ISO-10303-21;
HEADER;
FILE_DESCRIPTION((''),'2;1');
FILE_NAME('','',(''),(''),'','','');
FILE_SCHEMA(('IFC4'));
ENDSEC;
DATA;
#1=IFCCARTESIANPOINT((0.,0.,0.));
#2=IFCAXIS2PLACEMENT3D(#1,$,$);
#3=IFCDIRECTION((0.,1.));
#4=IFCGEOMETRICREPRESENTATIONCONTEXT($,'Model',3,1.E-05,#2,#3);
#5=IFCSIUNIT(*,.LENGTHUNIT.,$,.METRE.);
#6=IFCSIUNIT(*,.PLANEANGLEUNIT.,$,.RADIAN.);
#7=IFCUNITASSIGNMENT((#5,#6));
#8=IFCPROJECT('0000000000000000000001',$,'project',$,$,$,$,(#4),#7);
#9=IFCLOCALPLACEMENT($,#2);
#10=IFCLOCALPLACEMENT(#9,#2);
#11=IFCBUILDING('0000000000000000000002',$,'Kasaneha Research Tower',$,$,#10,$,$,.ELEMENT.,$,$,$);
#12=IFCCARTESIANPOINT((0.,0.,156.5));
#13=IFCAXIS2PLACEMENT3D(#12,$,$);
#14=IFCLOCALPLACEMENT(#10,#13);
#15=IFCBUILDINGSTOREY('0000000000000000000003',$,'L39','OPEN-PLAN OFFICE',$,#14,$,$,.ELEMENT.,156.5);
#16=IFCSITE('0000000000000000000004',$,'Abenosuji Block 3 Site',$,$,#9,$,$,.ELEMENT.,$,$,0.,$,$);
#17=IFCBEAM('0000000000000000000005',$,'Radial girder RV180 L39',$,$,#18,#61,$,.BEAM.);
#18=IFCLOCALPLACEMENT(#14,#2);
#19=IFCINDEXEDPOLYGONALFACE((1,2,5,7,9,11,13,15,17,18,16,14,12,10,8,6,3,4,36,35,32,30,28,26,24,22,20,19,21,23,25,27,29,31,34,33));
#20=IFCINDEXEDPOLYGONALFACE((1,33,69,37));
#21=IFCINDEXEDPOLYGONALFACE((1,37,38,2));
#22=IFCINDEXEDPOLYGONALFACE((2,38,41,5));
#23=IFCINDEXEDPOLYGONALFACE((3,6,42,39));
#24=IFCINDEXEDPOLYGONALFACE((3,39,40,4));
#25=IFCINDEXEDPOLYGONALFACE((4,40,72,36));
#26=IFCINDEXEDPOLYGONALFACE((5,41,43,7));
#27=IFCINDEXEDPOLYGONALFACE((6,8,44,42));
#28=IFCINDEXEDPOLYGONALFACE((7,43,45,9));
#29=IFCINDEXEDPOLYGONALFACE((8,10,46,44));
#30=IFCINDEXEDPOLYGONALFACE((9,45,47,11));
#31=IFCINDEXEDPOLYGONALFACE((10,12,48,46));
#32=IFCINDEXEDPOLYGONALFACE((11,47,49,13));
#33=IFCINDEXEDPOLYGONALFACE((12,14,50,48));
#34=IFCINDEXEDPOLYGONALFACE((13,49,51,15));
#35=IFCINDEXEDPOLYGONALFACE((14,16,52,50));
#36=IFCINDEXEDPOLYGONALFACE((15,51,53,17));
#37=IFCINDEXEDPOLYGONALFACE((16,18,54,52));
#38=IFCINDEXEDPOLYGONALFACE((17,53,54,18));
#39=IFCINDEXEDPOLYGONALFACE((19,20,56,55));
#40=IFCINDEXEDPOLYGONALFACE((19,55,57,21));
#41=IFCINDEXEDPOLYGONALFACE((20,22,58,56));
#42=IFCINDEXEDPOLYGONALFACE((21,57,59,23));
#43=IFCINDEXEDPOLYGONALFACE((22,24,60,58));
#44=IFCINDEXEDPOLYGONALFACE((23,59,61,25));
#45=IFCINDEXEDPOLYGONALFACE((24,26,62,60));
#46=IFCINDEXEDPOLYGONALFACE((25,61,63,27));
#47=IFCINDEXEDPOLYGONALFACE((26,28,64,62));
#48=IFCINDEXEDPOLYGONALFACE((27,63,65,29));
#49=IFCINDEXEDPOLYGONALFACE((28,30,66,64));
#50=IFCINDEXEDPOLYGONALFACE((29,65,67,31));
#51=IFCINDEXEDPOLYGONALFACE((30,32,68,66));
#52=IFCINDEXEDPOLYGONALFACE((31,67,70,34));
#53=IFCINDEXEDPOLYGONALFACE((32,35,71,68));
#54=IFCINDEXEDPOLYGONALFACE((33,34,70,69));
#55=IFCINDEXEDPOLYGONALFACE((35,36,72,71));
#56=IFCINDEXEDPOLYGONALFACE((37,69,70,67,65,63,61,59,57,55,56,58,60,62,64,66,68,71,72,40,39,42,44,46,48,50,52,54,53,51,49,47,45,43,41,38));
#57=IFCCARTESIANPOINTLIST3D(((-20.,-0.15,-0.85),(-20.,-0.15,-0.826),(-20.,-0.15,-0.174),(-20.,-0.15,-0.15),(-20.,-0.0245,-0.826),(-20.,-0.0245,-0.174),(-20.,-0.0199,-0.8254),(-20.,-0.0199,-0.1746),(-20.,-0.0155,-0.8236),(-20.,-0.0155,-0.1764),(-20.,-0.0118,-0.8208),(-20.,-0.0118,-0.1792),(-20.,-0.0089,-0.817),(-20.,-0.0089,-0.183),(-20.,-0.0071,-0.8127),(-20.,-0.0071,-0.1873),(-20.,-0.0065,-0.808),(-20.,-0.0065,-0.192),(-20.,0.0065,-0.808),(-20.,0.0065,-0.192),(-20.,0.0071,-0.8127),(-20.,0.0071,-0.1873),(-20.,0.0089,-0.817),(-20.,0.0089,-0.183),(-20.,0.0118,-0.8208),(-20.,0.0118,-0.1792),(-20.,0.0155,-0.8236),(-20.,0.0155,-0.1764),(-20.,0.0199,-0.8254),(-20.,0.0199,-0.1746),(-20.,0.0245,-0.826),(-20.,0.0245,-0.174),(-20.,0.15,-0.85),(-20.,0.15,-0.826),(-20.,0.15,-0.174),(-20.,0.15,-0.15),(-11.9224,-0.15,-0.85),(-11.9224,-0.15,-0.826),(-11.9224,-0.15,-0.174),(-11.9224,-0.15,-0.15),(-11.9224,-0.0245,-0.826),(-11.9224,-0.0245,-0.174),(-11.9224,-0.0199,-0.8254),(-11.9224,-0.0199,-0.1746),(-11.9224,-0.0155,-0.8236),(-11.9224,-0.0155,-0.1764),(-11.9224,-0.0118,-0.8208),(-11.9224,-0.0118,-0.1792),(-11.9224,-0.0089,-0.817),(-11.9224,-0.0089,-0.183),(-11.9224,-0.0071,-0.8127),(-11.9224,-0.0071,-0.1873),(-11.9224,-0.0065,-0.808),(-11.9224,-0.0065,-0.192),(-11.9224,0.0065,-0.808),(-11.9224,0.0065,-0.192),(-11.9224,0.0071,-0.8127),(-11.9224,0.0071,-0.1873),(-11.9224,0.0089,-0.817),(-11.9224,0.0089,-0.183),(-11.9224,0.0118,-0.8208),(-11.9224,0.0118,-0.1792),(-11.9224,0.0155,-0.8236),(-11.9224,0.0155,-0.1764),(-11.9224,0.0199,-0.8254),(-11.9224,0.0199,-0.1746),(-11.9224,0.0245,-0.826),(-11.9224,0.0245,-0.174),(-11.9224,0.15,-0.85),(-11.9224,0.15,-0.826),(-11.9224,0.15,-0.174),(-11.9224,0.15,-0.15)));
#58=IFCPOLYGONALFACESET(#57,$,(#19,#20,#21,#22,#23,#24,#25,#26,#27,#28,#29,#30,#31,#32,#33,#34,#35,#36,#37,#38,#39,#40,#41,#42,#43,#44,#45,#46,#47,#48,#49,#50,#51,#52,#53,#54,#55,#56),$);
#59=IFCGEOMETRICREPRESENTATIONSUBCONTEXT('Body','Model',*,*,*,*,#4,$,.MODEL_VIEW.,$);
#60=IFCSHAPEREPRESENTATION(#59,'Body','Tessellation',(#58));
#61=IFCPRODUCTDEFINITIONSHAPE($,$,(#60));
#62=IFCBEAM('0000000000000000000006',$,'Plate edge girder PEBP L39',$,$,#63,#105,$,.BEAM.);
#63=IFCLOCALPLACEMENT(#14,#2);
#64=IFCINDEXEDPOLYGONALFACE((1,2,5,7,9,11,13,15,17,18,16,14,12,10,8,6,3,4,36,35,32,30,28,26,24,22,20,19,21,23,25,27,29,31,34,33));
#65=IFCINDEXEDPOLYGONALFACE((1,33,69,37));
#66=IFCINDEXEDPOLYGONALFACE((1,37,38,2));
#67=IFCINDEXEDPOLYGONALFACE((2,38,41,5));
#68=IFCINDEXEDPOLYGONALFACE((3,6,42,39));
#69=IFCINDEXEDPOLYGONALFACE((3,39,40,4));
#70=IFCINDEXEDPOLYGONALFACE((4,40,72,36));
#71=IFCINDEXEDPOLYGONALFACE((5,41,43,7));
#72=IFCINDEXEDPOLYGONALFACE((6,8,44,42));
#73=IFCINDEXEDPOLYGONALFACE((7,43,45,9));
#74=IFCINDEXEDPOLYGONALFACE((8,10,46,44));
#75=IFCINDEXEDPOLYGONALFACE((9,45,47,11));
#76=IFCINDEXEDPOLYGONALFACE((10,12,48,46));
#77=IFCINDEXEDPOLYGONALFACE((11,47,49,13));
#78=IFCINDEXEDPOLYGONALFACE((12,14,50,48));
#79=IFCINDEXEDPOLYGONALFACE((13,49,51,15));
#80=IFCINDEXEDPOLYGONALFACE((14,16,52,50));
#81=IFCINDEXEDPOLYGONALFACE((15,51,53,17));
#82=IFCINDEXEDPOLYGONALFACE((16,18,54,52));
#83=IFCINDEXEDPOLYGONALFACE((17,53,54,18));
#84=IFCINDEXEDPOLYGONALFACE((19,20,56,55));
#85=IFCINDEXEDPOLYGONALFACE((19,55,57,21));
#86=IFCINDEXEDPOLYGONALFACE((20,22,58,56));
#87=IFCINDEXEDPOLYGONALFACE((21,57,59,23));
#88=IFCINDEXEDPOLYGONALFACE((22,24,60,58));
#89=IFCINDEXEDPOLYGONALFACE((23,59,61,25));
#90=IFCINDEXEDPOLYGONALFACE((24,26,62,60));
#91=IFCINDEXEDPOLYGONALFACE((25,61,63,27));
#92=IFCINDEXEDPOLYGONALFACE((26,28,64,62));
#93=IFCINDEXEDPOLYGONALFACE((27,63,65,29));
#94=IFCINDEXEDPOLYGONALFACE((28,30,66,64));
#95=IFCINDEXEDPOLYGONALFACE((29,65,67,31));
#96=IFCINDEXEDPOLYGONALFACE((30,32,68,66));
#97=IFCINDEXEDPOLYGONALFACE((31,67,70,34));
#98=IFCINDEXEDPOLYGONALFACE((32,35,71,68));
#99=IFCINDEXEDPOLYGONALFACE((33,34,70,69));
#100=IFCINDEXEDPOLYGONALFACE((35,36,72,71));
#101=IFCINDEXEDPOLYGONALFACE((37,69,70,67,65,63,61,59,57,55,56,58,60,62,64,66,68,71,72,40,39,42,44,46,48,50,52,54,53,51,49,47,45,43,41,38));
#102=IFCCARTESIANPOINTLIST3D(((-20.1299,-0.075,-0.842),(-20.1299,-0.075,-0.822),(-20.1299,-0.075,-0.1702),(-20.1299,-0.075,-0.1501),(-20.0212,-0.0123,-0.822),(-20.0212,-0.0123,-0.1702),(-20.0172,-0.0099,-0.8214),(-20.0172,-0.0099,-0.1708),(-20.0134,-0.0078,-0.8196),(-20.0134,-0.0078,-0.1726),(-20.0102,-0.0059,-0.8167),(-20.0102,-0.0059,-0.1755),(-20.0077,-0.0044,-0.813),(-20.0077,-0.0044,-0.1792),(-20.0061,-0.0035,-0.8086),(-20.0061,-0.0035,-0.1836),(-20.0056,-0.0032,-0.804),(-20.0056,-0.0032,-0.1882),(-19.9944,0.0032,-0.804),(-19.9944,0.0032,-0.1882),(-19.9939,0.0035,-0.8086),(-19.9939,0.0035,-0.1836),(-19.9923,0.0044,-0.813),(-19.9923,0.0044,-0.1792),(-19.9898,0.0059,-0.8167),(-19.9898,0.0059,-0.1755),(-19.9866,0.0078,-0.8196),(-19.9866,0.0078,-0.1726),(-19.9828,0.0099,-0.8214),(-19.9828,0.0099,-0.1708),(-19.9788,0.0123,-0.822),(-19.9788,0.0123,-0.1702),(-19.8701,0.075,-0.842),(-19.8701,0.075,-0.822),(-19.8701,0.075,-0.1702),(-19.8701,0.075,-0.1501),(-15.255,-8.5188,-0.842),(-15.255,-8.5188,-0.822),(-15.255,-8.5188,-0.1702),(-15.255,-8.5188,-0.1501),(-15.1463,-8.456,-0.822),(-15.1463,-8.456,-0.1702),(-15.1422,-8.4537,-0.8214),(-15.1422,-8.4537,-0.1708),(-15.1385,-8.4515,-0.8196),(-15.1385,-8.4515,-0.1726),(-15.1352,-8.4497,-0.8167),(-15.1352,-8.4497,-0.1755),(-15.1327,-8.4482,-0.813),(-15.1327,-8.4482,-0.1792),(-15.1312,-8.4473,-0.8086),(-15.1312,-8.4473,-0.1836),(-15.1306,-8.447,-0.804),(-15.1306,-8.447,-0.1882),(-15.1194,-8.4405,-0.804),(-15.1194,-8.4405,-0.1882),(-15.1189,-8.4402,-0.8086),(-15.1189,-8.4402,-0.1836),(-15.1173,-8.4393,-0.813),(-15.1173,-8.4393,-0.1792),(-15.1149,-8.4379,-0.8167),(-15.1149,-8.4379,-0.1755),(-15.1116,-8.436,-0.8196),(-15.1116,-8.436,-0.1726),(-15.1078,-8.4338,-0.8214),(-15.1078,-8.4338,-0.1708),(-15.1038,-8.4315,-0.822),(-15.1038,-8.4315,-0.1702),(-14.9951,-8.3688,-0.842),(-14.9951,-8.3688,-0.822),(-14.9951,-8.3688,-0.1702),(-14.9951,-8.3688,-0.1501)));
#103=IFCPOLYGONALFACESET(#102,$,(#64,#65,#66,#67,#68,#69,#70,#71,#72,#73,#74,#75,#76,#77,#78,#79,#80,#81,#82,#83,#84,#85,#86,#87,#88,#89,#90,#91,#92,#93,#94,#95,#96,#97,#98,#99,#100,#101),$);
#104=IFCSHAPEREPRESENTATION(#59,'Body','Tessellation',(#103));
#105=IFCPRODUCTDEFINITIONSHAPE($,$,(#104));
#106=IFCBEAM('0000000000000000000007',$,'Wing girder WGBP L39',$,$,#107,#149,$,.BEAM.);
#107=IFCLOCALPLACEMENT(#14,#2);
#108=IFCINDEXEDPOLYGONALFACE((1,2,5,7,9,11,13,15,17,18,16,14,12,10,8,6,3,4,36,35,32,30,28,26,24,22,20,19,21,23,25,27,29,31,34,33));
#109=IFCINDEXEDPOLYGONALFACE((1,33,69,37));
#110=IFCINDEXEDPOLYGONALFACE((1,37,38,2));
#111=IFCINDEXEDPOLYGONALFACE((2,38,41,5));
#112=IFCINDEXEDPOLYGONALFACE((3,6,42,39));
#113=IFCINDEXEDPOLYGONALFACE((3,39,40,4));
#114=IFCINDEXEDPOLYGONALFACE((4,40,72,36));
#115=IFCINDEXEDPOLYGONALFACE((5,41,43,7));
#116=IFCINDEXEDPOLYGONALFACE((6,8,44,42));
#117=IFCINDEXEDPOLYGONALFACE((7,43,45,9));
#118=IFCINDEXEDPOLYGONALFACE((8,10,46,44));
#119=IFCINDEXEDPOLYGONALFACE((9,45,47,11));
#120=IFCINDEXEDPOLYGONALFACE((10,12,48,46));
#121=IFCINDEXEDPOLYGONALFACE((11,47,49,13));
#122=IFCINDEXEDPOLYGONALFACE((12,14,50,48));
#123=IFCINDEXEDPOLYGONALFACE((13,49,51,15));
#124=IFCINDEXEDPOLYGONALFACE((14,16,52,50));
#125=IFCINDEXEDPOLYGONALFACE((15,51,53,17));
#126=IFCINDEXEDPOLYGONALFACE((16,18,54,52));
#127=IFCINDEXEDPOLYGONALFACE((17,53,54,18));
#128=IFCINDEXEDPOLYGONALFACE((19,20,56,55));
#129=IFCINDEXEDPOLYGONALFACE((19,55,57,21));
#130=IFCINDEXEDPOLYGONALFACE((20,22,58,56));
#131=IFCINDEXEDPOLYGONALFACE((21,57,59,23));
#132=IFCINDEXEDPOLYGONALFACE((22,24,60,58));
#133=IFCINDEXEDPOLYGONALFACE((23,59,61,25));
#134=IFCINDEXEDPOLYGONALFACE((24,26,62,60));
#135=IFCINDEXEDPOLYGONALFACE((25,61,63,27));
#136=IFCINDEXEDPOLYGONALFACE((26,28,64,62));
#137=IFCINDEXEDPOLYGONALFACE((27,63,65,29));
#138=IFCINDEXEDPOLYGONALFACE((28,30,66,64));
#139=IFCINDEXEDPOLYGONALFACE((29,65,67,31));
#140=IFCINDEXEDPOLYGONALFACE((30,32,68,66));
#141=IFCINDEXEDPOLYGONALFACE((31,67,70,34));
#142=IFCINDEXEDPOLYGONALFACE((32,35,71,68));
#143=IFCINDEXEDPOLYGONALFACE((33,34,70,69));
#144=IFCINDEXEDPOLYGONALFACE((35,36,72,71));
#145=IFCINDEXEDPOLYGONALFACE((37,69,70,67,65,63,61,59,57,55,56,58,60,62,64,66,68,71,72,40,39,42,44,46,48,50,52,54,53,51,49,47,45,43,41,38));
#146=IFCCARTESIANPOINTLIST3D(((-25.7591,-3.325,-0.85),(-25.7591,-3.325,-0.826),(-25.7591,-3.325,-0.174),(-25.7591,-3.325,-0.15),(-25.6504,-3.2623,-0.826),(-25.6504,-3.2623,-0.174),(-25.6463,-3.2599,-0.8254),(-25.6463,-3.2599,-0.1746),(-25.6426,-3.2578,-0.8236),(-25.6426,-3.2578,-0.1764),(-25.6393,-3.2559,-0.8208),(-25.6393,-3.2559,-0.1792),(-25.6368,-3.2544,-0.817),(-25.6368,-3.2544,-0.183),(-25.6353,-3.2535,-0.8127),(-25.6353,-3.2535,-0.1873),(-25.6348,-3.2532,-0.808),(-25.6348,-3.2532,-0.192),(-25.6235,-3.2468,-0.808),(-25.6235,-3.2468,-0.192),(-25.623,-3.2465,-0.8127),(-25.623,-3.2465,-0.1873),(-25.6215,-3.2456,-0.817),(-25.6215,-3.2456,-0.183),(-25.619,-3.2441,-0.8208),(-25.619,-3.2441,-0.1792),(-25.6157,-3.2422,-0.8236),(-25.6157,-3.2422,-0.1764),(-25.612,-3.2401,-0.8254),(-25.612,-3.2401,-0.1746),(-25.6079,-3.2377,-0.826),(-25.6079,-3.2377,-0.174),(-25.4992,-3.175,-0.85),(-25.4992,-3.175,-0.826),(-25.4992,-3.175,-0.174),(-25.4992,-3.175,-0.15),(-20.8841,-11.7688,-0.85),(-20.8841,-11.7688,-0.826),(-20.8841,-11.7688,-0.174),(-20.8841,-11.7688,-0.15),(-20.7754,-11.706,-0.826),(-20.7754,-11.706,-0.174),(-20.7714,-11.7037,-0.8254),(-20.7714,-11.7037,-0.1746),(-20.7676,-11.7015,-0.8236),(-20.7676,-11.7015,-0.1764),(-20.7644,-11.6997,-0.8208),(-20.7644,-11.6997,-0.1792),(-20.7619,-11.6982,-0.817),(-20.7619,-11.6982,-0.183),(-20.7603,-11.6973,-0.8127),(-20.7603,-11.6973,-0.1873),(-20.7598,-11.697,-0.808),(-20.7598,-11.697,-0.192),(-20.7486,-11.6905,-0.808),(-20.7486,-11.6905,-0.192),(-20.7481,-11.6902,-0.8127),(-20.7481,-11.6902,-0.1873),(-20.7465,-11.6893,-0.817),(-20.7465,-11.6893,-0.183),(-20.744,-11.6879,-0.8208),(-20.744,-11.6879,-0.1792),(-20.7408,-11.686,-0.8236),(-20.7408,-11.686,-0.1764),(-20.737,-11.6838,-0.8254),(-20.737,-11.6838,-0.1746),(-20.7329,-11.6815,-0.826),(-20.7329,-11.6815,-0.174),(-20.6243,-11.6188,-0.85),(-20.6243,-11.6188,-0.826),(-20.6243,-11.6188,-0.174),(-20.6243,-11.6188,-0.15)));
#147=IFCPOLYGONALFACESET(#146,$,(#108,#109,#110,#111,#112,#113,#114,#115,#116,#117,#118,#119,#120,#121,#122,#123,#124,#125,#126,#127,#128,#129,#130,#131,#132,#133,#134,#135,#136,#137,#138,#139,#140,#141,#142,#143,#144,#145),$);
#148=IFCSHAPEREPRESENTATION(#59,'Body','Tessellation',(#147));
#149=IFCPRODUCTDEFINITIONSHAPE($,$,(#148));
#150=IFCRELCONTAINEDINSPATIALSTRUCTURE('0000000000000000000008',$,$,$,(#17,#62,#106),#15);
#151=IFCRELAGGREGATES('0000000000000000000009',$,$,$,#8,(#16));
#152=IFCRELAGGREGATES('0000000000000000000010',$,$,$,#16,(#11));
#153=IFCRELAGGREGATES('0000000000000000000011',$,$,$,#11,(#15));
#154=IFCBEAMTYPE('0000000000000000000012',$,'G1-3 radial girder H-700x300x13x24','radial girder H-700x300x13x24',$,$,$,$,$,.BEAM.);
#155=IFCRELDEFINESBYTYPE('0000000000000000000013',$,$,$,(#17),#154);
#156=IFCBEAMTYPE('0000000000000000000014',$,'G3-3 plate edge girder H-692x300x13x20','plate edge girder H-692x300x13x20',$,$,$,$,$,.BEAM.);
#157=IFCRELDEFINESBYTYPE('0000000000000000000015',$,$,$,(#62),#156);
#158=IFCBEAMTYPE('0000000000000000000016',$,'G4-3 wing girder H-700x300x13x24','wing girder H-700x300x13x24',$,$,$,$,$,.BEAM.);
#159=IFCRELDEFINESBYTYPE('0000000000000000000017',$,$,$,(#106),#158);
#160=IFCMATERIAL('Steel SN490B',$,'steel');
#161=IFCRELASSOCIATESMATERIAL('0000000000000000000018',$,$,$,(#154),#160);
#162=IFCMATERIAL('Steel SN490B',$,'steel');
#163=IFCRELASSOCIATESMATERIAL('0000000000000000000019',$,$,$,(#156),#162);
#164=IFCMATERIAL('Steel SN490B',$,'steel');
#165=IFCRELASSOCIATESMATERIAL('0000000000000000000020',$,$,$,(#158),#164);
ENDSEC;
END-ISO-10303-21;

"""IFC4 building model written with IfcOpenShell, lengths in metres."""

from ifc_helpers import new_model, si_unit, direction, frame, origin, origin_2d, place, context, subcontext, project, spatial, i_section, extrude, material, material_profile, profile_set, type_object, element, save


model = new_model("IFC4")

# Units and contexts
model_context = context("Model", 3, precision=1e-05, world=origin(), true_north=direction((0.0, 1.0)))
body_context = subcontext(model_context, "Body", "Model", "MODEL_VIEW")
ifc_project = project(units=[si_unit("LENGTHUNIT", "METRE"), si_unit("PLANEANGLEUNIT", "RADIAN")], contexts=[model_context])

# Site, building, storey
site_placement = place(None, origin())
site = spatial("IfcSite", under=ifc_project, at=site_placement, Name="Abenosuji Block 3 Site", CompositionType="ELEMENT", RefElevation=0.0)
building_placement = place(site_placement, origin())
building = spatial("IfcBuilding", under=site, at=building_placement, Name="Kasaneha Research Tower", CompositionType="ELEMENT")
storey_placement = place(building_placement, frame((0.0, 0.0, 156.5)))
storey = spatial("IfcBuildingStorey", under=building, at=storey_placement, Name="L39", Description="OPEN-PLAN OFFICE", CompositionType="ELEMENT", Elevation=156.5)

# Beams
ifc_material_1 = material(Name="Steel SN490B", Category="steel")
ifc_material_profile_1 = material_profile(ifc_material_1, i_section(OverallWidth=0.3, OverallDepth=0.7, WebThickness=0.0129, FlangeThickness=0.0239, FilletRadius=0.0181, at=origin_2d()), Name="H-700x300x13x24")
ifc_profile_set_1 = profile_set([ifc_material_profile_1], Name="Steel SN490B")
beam_type_1 = type_object("IfcBeamType", Name="G1-3 radial girder H-700x300x13x24", Description="radial girder H-700x300x13x24", PredefinedType="BEAM", material=ifc_profile_set_1)
beam_1_placement = place(storey_placement, frame((-11.9224, 0.0, -0.5), z_axis=(-1.0, 0.0, 0.0), x_axis=(0.0, -1.0, 0.0)))
element("IfcBeam", 1, at=beam_1_placement, inside=storey, type_object=beam_type_1, Name="Radial girder RV180 L39", PredefinedType="BEAM", context=body_context, shape_type="SweptSolid", body=[
    extrude(i_section(OverallWidth=0.3, OverallDepth=0.7, WebThickness=0.0129, FlangeThickness=0.0239, FilletRadius=0.0181, at=origin_2d()), origin(), (0.0, 0.0, 1.0), 8.0776),
])
ifc_material_2 = material(Name="Steel SN490B", Category="steel")
ifc_material_profile_2 = material_profile(ifc_material_2, i_section(OverallWidth=0.3, OverallDepth=0.6919, WebThickness=0.0129, FlangeThickness=0.02, FilletRadius=0.0181, at=origin_2d()), Name="H-692x300x13x20")
ifc_profile_set_2 = profile_set([ifc_material_profile_2], Name="Steel SN490B")
beam_type_2 = type_object("IfcBeamType", Name="G3-3 plate edge girder H-692x300x13x20", Description="plate edge girder H-692x300x13x20", PredefinedType="BEAM", material=ifc_profile_set_2)
beam_2_placement = place(storey_placement, frame((-20.0, 0.0, -0.4961), z_axis=(0.499996, -0.866028, 0.0), x_axis=(0.866028, 0.499996, 0.0)))
element("IfcBeam", 2, at=beam_2_placement, inside=storey, type_object=beam_type_2, Name="Plate edge girder PEBP L39", PredefinedType="BEAM", context=body_context, shape_type="SweptSolid", body=[
    extrude(i_section(OverallWidth=0.3, OverallDepth=0.6919, WebThickness=0.0129, FlangeThickness=0.02, FilletRadius=0.0181, at=origin_2d()), origin(), (0.0, 0.0, 1.0), 9.75),
])
ifc_material_3 = material(Name="Steel SN490B", Category="steel")
ifc_material_profile_3 = material_profile(ifc_material_3, i_section(OverallWidth=0.3, OverallDepth=0.7, WebThickness=0.0129, FlangeThickness=0.0239, FilletRadius=0.0181, at=origin_2d()), Name="H-700x300x13x24")
ifc_profile_set_3 = profile_set([ifc_material_profile_3], Name="Steel SN490B")
beam_type_3 = type_object("IfcBeamType", Name="G4-3 wing girder H-700x300x13x24", Description="wing girder H-700x300x13x24", PredefinedType="BEAM", material=ifc_profile_set_3)
beam_3_placement = place(storey_placement, frame((-25.6292, -3.25, -0.5), z_axis=(0.499996, -0.866028, 0.0), x_axis=(0.866028, 0.499996, 0.0)))
element("IfcBeam", 3, at=beam_3_placement, inside=storey, type_object=beam_type_3, Name="Wing girder WGBP L39", PredefinedType="BEAM", context=body_context, shape_type="SweptSolid", body=[
    extrude(i_section(OverallWidth=0.3, OverallDepth=0.7, WebThickness=0.0129, FlangeThickness=0.0239, FilletRadius=0.0181, at=origin_2d()), origin(), (0.0, 0.0, 1.0), 9.75),
])

save(model, "model.ifc")
